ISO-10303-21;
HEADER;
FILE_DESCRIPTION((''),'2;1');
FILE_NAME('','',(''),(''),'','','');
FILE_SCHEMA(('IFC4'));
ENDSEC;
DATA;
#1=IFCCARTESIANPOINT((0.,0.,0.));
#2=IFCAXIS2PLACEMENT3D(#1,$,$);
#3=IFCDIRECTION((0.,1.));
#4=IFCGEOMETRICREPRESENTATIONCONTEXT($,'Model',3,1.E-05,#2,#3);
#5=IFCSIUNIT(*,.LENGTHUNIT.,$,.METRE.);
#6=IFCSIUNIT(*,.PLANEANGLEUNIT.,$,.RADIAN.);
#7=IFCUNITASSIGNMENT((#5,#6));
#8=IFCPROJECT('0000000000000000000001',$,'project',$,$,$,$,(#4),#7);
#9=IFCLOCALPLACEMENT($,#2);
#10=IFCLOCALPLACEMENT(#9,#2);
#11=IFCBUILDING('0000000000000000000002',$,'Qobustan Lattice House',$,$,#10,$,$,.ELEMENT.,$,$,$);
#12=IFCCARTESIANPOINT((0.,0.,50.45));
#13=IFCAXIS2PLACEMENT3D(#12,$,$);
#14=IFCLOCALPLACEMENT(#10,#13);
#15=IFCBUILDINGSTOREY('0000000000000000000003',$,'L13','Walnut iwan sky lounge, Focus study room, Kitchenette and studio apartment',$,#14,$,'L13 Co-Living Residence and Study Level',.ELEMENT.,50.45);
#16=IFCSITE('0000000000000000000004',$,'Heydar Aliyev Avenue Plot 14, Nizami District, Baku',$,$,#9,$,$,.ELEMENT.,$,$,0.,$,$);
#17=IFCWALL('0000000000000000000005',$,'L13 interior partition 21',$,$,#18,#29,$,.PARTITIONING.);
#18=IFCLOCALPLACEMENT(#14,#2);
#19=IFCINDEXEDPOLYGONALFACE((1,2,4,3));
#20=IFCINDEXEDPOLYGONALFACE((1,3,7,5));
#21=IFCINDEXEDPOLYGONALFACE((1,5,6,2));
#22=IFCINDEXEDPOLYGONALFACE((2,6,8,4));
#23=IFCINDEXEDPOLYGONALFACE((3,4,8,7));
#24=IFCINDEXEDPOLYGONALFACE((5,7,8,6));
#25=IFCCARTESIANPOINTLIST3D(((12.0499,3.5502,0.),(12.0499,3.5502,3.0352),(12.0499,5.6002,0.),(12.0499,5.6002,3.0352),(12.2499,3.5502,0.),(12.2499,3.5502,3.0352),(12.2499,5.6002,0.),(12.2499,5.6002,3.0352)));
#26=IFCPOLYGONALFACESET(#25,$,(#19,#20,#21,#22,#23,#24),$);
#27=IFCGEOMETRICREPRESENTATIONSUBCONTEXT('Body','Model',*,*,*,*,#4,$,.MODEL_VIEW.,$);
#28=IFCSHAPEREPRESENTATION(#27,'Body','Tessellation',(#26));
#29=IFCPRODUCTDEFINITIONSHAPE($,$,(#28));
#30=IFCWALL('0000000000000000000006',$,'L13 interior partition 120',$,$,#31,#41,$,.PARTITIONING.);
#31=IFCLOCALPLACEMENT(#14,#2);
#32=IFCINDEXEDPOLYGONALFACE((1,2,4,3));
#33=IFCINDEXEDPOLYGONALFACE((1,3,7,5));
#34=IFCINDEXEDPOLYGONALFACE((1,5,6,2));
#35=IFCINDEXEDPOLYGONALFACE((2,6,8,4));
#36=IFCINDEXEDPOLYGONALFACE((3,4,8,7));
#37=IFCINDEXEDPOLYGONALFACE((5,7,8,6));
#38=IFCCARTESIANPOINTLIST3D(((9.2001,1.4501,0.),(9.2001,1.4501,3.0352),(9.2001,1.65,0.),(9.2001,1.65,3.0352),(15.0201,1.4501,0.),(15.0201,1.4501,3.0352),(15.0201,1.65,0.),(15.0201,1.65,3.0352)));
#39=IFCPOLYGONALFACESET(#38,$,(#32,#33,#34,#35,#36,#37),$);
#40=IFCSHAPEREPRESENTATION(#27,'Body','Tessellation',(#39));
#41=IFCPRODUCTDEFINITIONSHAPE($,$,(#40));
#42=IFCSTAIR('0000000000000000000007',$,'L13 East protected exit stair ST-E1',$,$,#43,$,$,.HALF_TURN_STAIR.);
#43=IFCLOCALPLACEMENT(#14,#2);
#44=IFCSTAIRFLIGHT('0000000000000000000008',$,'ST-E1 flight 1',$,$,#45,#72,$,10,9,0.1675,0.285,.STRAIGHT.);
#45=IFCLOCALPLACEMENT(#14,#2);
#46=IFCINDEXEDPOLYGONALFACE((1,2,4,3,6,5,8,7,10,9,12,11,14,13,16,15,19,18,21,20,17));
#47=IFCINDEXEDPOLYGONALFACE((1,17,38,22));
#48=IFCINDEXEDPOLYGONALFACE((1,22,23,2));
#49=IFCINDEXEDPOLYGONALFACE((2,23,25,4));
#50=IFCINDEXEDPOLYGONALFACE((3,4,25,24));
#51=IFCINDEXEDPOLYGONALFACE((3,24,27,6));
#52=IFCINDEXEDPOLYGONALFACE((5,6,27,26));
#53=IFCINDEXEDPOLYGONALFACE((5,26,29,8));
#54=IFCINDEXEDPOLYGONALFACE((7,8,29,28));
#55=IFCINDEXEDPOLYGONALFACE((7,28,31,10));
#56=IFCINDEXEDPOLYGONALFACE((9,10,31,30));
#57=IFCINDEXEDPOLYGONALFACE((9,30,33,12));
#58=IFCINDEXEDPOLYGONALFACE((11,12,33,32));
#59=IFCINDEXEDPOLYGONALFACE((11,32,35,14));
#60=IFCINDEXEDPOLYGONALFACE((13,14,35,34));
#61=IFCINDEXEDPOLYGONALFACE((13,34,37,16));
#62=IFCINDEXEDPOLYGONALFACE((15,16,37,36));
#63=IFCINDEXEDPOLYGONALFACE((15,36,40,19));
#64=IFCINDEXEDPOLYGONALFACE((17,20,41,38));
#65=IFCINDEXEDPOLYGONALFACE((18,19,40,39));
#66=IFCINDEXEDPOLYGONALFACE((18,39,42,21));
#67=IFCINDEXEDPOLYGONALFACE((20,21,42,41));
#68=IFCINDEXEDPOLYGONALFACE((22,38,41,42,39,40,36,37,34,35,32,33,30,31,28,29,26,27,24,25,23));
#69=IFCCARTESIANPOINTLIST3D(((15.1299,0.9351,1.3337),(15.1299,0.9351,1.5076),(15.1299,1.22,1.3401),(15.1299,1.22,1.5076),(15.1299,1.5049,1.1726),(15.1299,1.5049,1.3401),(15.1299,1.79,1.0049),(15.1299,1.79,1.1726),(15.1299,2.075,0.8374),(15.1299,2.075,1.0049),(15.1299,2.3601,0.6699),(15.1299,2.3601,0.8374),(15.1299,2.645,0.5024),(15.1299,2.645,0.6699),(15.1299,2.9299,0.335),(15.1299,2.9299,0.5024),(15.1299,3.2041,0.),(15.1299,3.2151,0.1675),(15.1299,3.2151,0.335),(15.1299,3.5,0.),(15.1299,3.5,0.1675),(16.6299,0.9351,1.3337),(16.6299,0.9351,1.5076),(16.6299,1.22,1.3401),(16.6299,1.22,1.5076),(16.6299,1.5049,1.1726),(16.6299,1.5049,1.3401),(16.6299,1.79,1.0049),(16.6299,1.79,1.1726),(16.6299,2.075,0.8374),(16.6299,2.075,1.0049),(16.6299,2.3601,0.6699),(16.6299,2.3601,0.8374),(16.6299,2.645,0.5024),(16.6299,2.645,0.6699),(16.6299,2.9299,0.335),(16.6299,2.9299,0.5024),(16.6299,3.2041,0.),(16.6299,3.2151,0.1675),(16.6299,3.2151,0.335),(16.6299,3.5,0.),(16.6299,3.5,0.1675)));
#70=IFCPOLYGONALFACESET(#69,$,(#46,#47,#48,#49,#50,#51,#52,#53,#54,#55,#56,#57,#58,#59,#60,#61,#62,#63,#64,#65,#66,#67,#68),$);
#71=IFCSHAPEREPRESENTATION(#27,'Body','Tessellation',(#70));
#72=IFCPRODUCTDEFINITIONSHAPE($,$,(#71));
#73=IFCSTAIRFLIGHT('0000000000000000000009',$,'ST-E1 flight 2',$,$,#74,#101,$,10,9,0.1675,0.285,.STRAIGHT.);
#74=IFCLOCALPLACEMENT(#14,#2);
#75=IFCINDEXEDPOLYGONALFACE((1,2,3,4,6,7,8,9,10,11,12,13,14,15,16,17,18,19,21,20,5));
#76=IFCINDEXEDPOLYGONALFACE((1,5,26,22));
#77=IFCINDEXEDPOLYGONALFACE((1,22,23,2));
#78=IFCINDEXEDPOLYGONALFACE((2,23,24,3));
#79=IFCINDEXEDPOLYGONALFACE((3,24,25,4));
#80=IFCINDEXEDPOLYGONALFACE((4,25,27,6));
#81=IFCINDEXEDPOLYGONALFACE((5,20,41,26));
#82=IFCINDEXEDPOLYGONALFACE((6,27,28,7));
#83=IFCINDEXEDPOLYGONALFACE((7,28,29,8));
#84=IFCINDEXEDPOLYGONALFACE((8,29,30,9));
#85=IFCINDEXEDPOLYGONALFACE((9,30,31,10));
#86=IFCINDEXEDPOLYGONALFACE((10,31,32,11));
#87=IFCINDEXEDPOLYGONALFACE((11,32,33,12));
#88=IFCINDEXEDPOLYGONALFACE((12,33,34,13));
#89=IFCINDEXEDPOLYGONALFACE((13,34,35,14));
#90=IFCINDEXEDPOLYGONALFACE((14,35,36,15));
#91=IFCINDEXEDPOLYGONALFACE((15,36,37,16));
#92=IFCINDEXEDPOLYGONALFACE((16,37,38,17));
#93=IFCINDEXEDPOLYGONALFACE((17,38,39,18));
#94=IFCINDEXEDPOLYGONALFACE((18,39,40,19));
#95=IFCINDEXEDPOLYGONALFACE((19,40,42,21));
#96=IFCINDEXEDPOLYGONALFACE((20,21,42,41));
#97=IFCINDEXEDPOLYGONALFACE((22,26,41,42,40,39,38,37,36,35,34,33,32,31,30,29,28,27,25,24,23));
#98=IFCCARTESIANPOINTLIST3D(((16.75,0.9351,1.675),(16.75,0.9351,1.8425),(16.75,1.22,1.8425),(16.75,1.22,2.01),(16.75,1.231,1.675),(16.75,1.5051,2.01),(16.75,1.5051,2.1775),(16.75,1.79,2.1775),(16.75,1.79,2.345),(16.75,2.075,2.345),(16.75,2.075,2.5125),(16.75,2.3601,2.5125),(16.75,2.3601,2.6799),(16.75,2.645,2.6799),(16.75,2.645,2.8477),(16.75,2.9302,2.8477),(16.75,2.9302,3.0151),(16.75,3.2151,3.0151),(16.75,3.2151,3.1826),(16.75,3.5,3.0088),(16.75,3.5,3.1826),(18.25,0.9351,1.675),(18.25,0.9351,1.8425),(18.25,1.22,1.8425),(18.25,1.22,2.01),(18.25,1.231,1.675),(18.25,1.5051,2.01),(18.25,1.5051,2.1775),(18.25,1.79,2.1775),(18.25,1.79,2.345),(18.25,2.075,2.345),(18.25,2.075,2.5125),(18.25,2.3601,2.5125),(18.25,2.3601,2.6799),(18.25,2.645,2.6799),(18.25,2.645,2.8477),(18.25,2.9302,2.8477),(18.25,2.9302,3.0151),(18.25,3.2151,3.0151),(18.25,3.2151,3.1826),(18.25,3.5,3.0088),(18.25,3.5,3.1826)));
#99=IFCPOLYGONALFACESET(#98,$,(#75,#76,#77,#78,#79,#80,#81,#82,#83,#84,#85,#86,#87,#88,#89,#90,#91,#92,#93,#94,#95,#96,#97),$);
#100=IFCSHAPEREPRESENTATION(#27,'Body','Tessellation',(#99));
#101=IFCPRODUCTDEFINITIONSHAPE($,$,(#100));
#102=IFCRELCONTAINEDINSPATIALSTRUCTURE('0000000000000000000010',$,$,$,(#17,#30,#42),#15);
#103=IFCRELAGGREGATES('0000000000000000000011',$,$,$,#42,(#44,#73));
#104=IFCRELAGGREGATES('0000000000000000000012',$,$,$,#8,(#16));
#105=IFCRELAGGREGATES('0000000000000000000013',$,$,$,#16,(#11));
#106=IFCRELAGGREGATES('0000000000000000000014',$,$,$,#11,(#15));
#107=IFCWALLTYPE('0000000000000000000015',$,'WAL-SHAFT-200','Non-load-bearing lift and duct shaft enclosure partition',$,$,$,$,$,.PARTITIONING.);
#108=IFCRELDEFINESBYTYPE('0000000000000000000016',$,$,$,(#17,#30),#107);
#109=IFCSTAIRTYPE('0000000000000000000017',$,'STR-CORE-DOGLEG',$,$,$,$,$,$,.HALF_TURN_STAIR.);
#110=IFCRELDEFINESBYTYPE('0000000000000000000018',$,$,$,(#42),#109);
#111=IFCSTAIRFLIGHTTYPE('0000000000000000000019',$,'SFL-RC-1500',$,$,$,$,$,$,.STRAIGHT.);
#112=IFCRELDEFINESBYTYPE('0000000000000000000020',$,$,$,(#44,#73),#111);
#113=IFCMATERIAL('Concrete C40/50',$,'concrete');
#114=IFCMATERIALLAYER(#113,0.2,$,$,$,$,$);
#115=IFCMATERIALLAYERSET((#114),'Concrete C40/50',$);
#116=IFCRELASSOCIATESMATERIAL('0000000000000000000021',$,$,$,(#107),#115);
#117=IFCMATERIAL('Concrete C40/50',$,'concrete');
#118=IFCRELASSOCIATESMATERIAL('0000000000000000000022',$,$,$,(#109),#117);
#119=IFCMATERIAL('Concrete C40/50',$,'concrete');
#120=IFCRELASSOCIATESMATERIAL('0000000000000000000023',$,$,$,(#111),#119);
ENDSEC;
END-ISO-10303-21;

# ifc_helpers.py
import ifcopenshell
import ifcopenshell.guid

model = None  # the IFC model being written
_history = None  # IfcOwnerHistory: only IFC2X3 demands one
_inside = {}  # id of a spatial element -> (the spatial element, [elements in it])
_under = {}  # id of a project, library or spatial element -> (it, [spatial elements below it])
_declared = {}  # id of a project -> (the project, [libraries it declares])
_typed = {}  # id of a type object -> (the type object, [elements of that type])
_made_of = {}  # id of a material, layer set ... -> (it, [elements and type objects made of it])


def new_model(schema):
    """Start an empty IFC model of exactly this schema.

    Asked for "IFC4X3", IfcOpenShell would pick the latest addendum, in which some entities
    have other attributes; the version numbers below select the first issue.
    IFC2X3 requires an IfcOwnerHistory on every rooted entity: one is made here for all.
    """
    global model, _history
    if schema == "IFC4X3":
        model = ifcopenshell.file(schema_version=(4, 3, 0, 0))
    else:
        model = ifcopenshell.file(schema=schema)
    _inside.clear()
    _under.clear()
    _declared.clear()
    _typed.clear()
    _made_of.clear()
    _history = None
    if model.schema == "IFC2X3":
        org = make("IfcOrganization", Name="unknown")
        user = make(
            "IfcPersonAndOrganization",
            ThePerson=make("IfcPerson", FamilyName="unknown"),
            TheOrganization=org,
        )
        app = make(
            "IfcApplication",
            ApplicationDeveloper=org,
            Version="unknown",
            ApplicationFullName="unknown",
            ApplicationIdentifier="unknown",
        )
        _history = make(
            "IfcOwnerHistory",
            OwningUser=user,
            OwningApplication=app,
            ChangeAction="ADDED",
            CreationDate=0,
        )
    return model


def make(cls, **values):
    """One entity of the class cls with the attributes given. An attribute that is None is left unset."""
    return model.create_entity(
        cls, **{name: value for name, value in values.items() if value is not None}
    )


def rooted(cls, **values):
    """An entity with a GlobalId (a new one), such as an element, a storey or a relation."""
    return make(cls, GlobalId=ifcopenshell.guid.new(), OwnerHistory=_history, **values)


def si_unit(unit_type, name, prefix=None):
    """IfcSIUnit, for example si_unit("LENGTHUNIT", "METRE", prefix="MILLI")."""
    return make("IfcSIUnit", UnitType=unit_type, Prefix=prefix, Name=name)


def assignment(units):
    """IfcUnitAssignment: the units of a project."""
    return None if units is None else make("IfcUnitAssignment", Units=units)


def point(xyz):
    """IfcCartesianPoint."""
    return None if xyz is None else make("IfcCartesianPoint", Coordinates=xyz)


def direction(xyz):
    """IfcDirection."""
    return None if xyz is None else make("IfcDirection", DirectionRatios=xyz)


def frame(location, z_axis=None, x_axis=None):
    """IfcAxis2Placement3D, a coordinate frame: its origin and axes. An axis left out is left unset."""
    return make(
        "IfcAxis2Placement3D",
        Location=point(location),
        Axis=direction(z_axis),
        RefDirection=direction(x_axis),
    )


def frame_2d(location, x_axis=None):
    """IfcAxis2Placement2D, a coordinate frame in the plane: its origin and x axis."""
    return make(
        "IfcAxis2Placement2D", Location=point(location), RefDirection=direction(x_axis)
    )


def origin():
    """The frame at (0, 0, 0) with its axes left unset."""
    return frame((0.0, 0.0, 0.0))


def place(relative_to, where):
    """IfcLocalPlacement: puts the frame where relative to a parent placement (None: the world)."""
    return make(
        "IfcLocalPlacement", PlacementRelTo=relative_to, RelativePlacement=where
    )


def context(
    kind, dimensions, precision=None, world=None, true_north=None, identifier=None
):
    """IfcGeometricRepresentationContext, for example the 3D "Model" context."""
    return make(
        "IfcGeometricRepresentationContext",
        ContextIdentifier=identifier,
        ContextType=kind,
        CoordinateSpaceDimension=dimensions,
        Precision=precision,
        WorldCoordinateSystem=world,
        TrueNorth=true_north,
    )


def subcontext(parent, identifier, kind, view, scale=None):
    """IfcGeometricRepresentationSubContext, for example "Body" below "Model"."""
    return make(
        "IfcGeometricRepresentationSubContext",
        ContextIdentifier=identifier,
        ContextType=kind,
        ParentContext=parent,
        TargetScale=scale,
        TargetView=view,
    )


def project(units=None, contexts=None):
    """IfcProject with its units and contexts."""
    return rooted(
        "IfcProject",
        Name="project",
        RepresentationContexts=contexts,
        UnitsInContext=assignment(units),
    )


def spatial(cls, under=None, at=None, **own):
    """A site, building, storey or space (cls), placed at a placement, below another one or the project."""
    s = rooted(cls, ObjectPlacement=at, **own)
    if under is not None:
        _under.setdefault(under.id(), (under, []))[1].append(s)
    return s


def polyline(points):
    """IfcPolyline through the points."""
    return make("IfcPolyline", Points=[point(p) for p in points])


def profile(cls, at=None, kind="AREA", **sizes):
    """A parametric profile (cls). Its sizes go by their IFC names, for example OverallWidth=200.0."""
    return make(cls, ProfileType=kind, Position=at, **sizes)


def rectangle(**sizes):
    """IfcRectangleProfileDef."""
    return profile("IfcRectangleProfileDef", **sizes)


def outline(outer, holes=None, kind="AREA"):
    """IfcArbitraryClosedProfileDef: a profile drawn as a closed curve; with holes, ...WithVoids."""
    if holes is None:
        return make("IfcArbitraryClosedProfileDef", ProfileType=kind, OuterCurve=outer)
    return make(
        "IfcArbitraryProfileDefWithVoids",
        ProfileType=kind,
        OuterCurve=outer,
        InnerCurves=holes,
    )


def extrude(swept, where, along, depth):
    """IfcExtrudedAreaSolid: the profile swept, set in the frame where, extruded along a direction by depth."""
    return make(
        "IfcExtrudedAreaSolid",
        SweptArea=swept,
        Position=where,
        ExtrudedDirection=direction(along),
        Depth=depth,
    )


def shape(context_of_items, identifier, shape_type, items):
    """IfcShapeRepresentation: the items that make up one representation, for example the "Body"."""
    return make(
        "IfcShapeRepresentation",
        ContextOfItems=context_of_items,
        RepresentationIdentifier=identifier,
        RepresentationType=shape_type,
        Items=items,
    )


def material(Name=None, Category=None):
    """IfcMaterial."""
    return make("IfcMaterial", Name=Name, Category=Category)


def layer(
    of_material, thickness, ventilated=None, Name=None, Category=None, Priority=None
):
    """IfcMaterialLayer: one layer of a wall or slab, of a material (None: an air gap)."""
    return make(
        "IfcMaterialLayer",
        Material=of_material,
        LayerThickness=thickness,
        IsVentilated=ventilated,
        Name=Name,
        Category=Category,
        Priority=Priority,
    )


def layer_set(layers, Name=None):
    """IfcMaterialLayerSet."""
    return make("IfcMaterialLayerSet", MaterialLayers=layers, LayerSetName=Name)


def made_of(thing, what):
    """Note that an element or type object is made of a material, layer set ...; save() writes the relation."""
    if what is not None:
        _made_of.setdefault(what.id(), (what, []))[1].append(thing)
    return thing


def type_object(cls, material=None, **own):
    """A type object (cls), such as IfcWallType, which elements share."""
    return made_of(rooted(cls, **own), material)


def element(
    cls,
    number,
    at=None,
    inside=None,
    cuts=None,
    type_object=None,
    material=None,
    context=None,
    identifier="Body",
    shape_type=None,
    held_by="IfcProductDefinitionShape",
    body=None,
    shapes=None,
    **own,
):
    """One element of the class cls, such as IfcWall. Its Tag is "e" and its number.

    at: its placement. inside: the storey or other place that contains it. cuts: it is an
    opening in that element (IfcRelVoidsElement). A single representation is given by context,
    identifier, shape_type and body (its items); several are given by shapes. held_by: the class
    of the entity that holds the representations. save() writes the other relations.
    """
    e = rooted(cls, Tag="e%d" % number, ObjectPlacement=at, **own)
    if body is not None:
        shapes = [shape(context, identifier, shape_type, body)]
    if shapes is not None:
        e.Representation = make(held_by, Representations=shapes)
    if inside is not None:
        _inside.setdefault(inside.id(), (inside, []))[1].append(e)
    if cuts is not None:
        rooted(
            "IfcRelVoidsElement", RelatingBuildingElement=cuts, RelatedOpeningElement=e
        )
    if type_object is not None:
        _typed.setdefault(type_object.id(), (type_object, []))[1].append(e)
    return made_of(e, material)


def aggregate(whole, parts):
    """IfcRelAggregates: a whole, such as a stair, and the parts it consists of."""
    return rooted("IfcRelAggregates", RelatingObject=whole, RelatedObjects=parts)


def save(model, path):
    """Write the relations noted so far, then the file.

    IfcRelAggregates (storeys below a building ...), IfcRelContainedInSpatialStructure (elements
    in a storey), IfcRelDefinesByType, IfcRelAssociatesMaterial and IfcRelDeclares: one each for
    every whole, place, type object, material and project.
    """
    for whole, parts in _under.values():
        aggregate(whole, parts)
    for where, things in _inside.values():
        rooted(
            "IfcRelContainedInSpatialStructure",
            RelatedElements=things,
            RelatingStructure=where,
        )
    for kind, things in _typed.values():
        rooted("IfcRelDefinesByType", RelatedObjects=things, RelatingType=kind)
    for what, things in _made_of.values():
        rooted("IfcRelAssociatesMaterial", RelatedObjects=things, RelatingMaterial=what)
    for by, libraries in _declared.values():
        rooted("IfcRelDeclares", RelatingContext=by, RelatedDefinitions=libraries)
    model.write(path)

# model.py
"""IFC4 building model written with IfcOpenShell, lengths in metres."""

from ifc_helpers import new_model, si_unit, direction, frame, frame_2d, origin, place, context, subcontext, project, spatial, polyline, rectangle, outline, extrude, material, layer, layer_set, type_object, element, aggregate, save


model = new_model("IFC4")

# Units and contexts
model_context = context("Model", 3, precision=1e-05, world=origin(), true_north=direction((0.0, 1.0)))
body_context = subcontext(model_context, "Body", "Model", "MODEL_VIEW")
ifc_project = project(units=[si_unit("LENGTHUNIT", "METRE"), si_unit("PLANEANGLEUNIT", "RADIAN")], contexts=[model_context])

# Site, building, storey
site_placement = place(None, origin())
site = spatial("IfcSite", under=ifc_project, at=site_placement, Name="Heydar Aliyev Avenue Plot 14, Nizami District, Baku", CompositionType="ELEMENT", RefElevation=0.0)
building_placement = place(site_placement, origin())
building = spatial("IfcBuilding", under=site, at=building_placement, Name="Qobustan Lattice House", CompositionType="ELEMENT")
storey_placement = place(building_placement, frame((0.0, 0.0, 50.45)))
storey = spatial("IfcBuildingStorey", under=building, at=storey_placement, Name="L13", Description="Walnut iwan sky lounge, Focus study room, Kitchenette and studio apartment", LongName="L13 Co-Living Residence and Study Level", CompositionType="ELEMENT", Elevation=50.45)

# Walls
ifc_material_1 = material(Name="Concrete C40/50", Category="concrete")
ifc_layer_1 = layer(ifc_material_1, 0.2)
ifc_layer_set_1 = layer_set([ifc_layer_1], Name="Concrete C40/50")
wall_type_1 = type_object("IfcWallType", Name="WAL-SHAFT-200", Description="Non-load-bearing lift and duct shaft enclosure partition", PredefinedType="PARTITIONING", material=ifc_layer_set_1)
wall_1_placement = place(storey_placement, frame((12.1499, 5.6001, 0.0), z_axis=(0.0, 0.0, 1.0), x_axis=(0.0, -1.0, 0.0)))
element("IfcWall", 1, at=wall_1_placement, inside=storey, type_object=wall_type_1, Name="L13 interior partition 21", PredefinedType="PARTITIONING", context=body_context, shape_type="SweptSolid", body=[
    extrude(rectangle(XDim=2.05, YDim=0.2, at=frame_2d((1.0249, 0.0))), origin(), (0.0, 0.0, 1.0), 3.0352),
])
wall_2_placement = place(storey_placement, frame((9.2, 1.55, 0.0), z_axis=(0.0, 0.0, 1.0), x_axis=(1.0, 0.0, 0.0)))
element("IfcWall", 2, at=wall_2_placement, inside=storey, type_object=wall_type_1, Name="L13 interior partition 120", PredefinedType="PARTITIONING", context=body_context, shape_type="SweptSolid", body=[
    extrude(rectangle(XDim=5.8201, YDim=0.2, at=frame_2d((2.9102, 0.0))), origin(), (0.0, 0.0, 1.0), 3.0352),
])

# Stair, stair flights
ifc_material_2 = material(Name="Concrete C40/50", Category="concrete")
stair_type = type_object("IfcStairType", Name="STR-CORE-DOGLEG", PredefinedType="HALF_TURN_STAIR", material=ifc_material_2)
stair_placement = place(storey_placement, origin())
stair = element("IfcStair", 3, at=stair_placement, inside=storey, type_object=stair_type, Name="L13 East protected exit stair ST-E1", PredefinedType="HALF_TURN_STAIR")
ifc_material_3 = material(Name="Concrete C40/50", Category="concrete")
stair_flight_type = type_object("IfcStairFlightType", Name="SFL-RC-1500", PredefinedType="STRAIGHT", material=ifc_material_3)
stair_flight_1_placement = place(storey_placement, frame((15.8799, 3.5, 0.0), z_axis=(0.0, 0.0, 1.0), x_axis=(0.0, -1.0, 0.0)))
stair_flight_1 = element("IfcStairFlight", 4, at=stair_flight_1_placement, type_object=stair_flight_type, Name="ST-E1 flight 1", NumberOfRisers=10, NumberOfTreads=9, PredefinedType="STRAIGHT", RiserHeight=0.1675, TreadLength=0.285, context=body_context, shape_type="SweptSolid", body=[
    extrude(outline(polyline([(0.0, 0.0), (0.0, 0.1675), (0.2849, 0.1675), (0.2849, 0.335), (0.5701, 0.335), (0.5701, 0.5024), (0.855, 0.5024), (0.855, 0.6699), (1.1399, 0.6699), (1.1399, 0.8374), (1.425, 0.8374), (1.425, 1.0049), (1.71, 1.0049), (1.71, 1.1726), (1.9951, 1.1726), (1.9951, 1.3401), (2.28, 1.3401), (2.28, 1.5076), (2.5649, 1.5076), (2.5649, 1.675), (2.5649, 1.3337), (0.2959, 0.0), (0.0, 0.0)])), frame((0.0, 0.75, 0.0), z_axis=(0.0, -1.0, 0.0), x_axis=(1.0, 0.0, 0.0)), (0.0, 0.0, 1.0), 1.5),
])
stair_flight_2_placement = place(storey_placement, frame((17.5, 0.9351, 1.675), z_axis=(0.0, 0.0, 1.0), x_axis=(0.0, 1.0, 0.0)))
stair_flight_2 = element("IfcStairFlight", 5, at=stair_flight_2_placement, type_object=stair_flight_type, Name="ST-E1 flight 2", NumberOfRisers=10, NumberOfTreads=9, PredefinedType="STRAIGHT", RiserHeight=0.1675, TreadLength=0.285, context=body_context, shape_type="SweptSolid", body=[
    extrude(outline(polyline([(0.0, 0.0), (0.0, 0.1675), (0.2849, 0.1675), (0.2849, 0.335), (0.5701, 0.335), (0.5701, 0.5024), (0.855, 0.5024), (0.855, 0.6699), (1.1399, 0.6699), (1.1399, 0.8374), (1.425, 0.8374), (1.425, 1.0049), (1.71, 1.0049), (1.71, 1.1726), (1.9951, 1.1726), (1.9951, 1.3401), (2.28, 1.3401), (2.28, 1.5076), (2.5649, 1.5076), (2.5649, 1.675), (2.5649, 1.3337), (0.2959, 0.0), (0.0, 0.0)])), frame((0.0, 0.75, 0.0), z_axis=(0.0, -1.0, 0.0), x_axis=(1.0, 0.0, 0.0)), (0.0, 0.0, 1.0), 1.5),
])
aggregate(stair, [stair_flight_1, stair_flight_2])

save(model, "model.ifc")
